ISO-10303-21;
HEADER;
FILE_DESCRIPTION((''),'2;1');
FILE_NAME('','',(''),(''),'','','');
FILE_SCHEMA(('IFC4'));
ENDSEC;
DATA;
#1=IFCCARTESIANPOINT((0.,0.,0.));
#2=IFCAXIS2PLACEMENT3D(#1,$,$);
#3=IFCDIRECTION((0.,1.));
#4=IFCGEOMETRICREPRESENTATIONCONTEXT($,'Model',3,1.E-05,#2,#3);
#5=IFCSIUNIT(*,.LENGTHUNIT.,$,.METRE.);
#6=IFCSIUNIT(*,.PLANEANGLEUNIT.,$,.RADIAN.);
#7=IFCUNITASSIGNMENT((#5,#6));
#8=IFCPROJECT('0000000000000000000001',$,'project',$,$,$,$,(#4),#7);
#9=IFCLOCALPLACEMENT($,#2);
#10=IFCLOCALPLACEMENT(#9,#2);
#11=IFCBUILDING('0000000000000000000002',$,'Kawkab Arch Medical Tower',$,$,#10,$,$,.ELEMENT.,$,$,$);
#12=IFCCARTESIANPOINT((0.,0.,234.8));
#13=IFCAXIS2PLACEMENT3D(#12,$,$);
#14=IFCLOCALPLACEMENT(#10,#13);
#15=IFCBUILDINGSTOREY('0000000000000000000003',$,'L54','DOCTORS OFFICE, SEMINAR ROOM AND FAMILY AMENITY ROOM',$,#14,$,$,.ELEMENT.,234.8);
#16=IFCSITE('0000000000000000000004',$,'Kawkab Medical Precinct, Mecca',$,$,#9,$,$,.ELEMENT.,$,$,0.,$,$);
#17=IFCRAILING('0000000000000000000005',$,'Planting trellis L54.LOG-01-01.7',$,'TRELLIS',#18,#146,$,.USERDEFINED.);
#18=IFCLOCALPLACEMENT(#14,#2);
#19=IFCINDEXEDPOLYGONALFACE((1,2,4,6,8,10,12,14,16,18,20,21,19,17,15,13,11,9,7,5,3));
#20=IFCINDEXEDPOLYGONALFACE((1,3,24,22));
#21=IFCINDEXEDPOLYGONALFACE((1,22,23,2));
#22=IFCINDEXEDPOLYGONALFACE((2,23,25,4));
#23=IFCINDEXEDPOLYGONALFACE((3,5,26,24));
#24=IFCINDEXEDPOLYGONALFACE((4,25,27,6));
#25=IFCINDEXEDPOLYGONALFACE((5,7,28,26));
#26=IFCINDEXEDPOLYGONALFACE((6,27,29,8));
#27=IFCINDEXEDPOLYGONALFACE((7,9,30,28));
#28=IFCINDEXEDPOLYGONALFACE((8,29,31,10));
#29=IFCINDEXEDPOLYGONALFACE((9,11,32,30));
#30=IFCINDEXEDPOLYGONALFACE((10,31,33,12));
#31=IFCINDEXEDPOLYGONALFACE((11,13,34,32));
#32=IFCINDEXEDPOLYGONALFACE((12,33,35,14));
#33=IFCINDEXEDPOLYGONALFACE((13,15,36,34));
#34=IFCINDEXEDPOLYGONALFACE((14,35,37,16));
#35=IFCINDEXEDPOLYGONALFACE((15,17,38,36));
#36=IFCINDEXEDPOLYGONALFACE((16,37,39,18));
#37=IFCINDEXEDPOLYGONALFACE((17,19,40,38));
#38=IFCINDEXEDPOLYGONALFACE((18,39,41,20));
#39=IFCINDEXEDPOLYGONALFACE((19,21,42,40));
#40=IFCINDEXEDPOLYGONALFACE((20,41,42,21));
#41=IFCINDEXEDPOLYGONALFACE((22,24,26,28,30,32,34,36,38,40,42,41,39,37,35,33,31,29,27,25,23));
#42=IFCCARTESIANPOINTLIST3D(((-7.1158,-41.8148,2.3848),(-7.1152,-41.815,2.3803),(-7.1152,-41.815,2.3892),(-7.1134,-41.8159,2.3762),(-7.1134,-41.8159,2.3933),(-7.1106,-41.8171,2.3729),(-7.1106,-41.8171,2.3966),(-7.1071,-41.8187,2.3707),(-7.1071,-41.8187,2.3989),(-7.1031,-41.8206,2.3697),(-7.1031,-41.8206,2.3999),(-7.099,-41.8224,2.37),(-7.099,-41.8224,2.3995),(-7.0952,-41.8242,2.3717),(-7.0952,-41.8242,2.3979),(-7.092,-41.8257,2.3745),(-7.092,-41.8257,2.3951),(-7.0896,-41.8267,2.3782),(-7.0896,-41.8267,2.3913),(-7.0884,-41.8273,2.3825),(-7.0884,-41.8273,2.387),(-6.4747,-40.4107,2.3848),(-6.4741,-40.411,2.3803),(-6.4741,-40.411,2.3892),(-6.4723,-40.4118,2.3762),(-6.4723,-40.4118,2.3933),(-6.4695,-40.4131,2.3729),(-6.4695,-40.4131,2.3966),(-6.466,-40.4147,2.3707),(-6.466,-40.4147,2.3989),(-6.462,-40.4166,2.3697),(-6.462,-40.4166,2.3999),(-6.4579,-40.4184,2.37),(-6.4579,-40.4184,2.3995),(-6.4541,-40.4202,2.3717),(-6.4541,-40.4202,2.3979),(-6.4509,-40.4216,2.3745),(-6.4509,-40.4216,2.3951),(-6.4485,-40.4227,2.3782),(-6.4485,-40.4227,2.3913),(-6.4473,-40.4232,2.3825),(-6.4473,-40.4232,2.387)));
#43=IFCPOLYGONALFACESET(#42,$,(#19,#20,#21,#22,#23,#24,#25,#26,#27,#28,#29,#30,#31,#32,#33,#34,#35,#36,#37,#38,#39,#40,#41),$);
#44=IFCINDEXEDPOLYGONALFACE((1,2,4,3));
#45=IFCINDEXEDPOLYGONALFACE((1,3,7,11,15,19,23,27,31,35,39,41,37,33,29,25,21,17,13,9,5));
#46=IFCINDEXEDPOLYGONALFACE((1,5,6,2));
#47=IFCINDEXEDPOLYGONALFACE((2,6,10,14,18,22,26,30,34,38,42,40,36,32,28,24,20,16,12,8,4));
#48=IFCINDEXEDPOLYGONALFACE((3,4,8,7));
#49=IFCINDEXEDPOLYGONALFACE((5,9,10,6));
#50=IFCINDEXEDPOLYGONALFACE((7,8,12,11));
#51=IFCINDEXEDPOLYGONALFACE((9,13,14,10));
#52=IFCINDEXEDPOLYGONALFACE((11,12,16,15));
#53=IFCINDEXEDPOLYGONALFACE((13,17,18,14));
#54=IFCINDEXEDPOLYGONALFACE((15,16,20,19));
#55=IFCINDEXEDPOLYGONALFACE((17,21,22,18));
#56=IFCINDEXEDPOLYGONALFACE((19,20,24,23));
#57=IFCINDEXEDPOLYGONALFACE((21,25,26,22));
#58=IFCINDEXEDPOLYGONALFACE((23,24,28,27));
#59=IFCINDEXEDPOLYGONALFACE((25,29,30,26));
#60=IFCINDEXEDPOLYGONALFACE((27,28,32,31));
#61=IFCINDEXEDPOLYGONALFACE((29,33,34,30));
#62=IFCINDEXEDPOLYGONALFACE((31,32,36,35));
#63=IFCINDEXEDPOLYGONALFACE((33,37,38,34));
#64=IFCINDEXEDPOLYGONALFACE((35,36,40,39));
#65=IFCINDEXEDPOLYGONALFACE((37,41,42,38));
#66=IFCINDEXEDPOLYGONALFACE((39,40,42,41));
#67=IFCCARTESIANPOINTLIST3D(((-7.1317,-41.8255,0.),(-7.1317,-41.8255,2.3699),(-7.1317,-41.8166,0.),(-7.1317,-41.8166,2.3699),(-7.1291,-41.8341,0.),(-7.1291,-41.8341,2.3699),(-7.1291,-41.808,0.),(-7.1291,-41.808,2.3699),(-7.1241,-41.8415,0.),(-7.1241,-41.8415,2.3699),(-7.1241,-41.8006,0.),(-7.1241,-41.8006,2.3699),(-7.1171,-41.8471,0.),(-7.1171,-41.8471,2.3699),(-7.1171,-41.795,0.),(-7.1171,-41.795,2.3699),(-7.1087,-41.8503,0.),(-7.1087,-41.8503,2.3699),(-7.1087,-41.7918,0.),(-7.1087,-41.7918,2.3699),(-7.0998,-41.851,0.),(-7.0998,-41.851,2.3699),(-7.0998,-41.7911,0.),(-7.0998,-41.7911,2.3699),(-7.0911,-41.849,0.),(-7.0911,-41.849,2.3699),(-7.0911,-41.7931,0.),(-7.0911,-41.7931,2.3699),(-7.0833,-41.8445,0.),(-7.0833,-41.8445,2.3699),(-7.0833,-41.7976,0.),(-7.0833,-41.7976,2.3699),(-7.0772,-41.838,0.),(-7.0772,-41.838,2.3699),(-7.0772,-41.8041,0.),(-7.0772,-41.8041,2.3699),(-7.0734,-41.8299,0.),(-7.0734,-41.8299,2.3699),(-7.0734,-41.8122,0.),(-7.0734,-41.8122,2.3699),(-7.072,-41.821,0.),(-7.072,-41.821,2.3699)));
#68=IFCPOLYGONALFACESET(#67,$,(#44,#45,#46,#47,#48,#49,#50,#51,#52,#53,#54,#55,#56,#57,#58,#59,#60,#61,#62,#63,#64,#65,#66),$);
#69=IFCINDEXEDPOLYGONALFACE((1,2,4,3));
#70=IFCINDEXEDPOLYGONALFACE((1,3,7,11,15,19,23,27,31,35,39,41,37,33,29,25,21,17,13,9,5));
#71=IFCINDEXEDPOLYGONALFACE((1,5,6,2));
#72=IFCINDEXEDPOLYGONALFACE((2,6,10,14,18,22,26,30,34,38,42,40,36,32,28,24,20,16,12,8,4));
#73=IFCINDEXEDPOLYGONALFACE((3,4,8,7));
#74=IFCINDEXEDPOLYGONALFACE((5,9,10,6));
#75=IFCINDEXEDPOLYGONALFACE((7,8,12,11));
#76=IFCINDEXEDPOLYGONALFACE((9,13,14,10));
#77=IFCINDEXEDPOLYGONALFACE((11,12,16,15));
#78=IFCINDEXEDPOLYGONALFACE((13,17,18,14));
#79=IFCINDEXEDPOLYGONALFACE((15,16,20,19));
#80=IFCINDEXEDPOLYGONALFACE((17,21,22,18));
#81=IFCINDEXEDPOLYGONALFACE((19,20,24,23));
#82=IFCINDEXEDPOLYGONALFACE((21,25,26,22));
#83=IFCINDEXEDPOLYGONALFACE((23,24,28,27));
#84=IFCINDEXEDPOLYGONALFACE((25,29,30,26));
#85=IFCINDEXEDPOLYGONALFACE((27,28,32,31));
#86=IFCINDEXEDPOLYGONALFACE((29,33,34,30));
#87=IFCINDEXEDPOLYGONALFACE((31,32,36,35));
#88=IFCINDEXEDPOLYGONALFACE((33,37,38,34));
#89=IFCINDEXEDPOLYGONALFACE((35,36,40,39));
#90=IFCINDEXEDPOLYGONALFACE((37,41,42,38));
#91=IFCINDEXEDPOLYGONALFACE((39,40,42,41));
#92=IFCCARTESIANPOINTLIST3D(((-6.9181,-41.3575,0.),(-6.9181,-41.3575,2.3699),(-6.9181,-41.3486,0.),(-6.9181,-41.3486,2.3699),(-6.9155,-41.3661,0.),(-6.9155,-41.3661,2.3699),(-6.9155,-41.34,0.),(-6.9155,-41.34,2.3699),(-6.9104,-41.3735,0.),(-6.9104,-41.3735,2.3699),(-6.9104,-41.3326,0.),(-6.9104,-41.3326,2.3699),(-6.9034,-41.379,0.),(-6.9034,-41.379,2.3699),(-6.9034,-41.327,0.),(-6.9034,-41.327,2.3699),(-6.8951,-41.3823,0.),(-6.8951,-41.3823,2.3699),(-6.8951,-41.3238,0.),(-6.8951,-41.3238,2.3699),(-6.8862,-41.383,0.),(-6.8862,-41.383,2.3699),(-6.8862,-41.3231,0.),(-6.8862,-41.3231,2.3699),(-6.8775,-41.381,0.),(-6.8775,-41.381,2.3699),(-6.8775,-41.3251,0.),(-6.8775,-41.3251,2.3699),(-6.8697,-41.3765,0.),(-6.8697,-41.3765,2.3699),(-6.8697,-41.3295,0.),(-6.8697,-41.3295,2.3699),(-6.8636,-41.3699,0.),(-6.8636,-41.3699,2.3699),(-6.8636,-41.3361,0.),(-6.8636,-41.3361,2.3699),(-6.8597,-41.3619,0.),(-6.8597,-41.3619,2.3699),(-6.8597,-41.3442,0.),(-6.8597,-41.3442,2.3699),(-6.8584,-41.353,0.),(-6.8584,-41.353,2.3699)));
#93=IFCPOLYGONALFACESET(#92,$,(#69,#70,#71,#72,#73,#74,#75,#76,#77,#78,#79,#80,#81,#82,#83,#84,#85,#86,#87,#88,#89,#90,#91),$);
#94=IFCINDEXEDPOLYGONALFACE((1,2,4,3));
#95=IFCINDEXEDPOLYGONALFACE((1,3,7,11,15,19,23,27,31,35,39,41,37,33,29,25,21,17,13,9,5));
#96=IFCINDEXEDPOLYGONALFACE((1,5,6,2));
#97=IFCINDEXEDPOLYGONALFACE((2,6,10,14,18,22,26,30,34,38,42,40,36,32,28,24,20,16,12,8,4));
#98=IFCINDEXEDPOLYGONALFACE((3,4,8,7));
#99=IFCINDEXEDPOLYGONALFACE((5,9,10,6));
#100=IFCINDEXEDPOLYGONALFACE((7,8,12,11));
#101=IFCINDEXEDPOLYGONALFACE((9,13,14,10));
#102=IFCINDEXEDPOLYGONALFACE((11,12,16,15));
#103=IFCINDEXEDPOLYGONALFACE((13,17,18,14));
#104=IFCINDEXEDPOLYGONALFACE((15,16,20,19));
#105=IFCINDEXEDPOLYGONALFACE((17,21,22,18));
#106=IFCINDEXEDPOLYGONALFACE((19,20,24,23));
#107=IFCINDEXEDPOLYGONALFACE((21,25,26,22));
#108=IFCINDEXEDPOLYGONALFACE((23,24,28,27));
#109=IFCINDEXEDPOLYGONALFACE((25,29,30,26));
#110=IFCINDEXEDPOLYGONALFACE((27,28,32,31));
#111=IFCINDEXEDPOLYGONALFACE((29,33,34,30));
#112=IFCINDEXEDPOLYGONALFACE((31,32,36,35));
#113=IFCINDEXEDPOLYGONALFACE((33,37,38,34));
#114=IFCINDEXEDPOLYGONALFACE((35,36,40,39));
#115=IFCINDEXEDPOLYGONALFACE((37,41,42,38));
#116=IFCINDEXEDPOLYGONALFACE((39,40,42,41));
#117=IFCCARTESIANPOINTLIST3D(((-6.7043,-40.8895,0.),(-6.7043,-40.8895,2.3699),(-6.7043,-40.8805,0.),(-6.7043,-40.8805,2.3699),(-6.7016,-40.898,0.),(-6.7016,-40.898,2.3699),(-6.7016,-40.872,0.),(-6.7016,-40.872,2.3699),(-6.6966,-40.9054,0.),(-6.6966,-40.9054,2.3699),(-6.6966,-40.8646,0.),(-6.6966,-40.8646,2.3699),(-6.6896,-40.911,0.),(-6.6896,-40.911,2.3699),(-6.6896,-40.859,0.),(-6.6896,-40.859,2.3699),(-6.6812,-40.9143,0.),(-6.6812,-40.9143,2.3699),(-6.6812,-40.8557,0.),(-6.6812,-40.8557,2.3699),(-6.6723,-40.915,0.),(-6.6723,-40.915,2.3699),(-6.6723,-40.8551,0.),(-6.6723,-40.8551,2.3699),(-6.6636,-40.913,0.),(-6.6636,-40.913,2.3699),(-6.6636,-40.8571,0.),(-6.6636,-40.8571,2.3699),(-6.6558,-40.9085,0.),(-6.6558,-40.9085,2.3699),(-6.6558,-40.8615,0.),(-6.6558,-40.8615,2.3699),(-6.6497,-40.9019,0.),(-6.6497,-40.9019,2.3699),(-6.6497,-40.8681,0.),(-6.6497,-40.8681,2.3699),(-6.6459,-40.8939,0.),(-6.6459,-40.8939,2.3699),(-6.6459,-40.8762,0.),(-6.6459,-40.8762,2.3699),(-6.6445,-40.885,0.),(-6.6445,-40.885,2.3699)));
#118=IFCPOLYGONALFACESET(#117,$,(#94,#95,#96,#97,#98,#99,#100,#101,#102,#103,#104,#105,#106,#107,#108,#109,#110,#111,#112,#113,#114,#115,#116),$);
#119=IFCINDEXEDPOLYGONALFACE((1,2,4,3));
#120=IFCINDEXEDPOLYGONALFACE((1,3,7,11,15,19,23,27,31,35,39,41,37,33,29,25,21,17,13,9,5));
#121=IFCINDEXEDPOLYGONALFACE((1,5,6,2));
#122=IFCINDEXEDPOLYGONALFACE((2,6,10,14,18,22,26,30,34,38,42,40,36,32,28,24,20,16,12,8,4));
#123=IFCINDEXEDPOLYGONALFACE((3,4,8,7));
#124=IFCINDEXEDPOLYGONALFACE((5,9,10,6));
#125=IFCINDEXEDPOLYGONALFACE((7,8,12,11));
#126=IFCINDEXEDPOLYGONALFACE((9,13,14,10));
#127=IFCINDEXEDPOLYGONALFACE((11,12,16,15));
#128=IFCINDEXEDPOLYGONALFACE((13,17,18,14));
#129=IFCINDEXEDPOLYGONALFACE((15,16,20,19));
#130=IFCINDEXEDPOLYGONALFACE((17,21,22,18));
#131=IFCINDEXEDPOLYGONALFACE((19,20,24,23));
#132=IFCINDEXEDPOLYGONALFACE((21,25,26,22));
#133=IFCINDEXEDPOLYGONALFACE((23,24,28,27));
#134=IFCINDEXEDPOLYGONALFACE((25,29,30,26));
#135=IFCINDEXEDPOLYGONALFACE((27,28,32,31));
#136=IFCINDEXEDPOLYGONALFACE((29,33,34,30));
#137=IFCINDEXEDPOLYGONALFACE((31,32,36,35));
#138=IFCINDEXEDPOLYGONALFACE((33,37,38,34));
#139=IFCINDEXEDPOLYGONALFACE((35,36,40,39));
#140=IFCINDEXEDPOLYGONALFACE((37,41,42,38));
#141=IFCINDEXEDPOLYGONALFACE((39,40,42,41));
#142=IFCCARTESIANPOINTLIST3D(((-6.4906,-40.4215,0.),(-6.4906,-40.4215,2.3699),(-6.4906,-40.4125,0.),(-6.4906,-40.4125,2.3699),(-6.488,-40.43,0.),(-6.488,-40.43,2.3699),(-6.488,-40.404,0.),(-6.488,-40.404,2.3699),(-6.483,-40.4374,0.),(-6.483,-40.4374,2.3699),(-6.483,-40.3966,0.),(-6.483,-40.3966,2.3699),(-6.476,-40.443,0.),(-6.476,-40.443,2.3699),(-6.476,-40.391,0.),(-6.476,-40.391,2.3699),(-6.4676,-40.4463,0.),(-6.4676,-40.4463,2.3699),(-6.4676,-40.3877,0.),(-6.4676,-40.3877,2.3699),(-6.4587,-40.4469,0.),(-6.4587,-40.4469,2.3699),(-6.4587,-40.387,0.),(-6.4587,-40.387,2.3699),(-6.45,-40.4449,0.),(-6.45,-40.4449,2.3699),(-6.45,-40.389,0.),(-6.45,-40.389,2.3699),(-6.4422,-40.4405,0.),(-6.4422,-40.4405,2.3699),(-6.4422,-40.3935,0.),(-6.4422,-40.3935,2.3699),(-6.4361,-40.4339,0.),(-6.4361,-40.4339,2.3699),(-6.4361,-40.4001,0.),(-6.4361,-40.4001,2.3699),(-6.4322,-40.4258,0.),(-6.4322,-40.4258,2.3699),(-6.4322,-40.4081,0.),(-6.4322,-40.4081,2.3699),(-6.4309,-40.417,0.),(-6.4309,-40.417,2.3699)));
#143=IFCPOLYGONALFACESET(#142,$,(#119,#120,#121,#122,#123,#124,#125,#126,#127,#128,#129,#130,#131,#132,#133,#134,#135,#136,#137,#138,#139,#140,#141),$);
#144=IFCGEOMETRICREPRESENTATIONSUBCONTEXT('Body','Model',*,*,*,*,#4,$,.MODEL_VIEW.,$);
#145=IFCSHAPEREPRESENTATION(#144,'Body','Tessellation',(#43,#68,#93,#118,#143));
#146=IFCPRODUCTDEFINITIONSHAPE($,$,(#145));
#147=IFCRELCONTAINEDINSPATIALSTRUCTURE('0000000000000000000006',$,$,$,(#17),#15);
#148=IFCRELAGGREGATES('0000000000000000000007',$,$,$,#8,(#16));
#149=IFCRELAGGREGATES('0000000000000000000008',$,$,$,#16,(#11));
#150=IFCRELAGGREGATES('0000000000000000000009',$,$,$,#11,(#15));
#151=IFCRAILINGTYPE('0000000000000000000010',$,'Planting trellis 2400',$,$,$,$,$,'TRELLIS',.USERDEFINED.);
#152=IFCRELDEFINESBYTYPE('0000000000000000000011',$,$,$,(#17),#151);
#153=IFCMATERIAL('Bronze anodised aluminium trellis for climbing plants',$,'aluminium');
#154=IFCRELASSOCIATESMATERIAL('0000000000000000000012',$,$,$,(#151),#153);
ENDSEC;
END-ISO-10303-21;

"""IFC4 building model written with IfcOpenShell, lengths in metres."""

from ifc_helpers import new_model, si_unit, direction, frame, origin, origin_2d, place, context, subcontext, project, spatial, circle, extrude, material, type_object, element, save


model = new_model("IFC4")

# Units and contexts
model_context = context("Model", 3, precision=1e-05, world=origin(), true_north=direction((0.0, 1.0)))
body_context = subcontext(model_context, "Body", "Model", "MODEL_VIEW")
ifc_project = project(units=[si_unit("LENGTHUNIT", "METRE"), si_unit("PLANEANGLEUNIT", "RADIAN")], contexts=[model_context])

# Site, building, storey
site_placement = place(None, origin())
site = spatial("IfcSite", under=ifc_project, at=site_placement, Name="Kawkab Medical Precinct, Mecca", CompositionType="ELEMENT", RefElevation=0.0)
building_placement = place(site_placement, origin())
building = spatial("IfcBuilding", under=site, at=building_placement, Name="Kawkab Arch Medical Tower", CompositionType="ELEMENT")
storey_placement = place(building_placement, frame((0.0, 0.0, 234.8)))
storey = spatial("IfcBuildingStorey", under=building, at=storey_placement, Name="L54", Description="DOCTORS OFFICE, SEMINAR ROOM AND FAMILY AMENITY ROOM", CompositionType="ELEMENT", Elevation=234.8)

# Railing
ifc_material_1 = material(Name="Bronze anodised aluminium trellis for climbing plants", Category="aluminium")
railing_type_1 = type_object("IfcRailingType", Name="Planting trellis 2400", ElementType="TRELLIS", PredefinedType="USERDEFINED", material=ifc_material_1)
railing_1_placement = place(storey_placement, frame((-7.1021, -41.821, 0.0)))
element("IfcRailing", 1, at=railing_1_placement, inside=storey, type_object=railing_type_1, Name="Planting trellis L54.LOG-01-01.7", ObjectType="TRELLIS", PredefinedType="USERDEFINED", context=body_context, shape_type="SweptSolid", body=[
    extrude(circle(Radius=0.0151, at=origin_2d()), frame((0.0, 0.0, 2.3848), z_axis=(0.415363, 0.909656, 0.0), x_axis=(-0.909656, 0.415363, 0.0)), (0.0, 0.0, 1.0), 1.5435),
    extrude(circle(Radius=0.03, at=origin_2d()), origin(), (0.0, 0.0, 1.0), 2.3699),
    extrude(circle(Radius=0.03, at=origin_2d()), frame((0.2136, 0.468, 0.0)), (0.0, 0.0, 1.0), 2.3699),
    extrude(circle(Radius=0.03, at=origin_2d()), frame((0.4275, 0.936, 0.0)), (0.0, 0.0, 1.0), 2.3699),
    extrude(circle(Radius=0.03, at=origin_2d()), frame((0.6411, 1.4041, 0.0)), (0.0, 0.0, 1.0), 2.3699),
])

save(model, "model.ifc")
